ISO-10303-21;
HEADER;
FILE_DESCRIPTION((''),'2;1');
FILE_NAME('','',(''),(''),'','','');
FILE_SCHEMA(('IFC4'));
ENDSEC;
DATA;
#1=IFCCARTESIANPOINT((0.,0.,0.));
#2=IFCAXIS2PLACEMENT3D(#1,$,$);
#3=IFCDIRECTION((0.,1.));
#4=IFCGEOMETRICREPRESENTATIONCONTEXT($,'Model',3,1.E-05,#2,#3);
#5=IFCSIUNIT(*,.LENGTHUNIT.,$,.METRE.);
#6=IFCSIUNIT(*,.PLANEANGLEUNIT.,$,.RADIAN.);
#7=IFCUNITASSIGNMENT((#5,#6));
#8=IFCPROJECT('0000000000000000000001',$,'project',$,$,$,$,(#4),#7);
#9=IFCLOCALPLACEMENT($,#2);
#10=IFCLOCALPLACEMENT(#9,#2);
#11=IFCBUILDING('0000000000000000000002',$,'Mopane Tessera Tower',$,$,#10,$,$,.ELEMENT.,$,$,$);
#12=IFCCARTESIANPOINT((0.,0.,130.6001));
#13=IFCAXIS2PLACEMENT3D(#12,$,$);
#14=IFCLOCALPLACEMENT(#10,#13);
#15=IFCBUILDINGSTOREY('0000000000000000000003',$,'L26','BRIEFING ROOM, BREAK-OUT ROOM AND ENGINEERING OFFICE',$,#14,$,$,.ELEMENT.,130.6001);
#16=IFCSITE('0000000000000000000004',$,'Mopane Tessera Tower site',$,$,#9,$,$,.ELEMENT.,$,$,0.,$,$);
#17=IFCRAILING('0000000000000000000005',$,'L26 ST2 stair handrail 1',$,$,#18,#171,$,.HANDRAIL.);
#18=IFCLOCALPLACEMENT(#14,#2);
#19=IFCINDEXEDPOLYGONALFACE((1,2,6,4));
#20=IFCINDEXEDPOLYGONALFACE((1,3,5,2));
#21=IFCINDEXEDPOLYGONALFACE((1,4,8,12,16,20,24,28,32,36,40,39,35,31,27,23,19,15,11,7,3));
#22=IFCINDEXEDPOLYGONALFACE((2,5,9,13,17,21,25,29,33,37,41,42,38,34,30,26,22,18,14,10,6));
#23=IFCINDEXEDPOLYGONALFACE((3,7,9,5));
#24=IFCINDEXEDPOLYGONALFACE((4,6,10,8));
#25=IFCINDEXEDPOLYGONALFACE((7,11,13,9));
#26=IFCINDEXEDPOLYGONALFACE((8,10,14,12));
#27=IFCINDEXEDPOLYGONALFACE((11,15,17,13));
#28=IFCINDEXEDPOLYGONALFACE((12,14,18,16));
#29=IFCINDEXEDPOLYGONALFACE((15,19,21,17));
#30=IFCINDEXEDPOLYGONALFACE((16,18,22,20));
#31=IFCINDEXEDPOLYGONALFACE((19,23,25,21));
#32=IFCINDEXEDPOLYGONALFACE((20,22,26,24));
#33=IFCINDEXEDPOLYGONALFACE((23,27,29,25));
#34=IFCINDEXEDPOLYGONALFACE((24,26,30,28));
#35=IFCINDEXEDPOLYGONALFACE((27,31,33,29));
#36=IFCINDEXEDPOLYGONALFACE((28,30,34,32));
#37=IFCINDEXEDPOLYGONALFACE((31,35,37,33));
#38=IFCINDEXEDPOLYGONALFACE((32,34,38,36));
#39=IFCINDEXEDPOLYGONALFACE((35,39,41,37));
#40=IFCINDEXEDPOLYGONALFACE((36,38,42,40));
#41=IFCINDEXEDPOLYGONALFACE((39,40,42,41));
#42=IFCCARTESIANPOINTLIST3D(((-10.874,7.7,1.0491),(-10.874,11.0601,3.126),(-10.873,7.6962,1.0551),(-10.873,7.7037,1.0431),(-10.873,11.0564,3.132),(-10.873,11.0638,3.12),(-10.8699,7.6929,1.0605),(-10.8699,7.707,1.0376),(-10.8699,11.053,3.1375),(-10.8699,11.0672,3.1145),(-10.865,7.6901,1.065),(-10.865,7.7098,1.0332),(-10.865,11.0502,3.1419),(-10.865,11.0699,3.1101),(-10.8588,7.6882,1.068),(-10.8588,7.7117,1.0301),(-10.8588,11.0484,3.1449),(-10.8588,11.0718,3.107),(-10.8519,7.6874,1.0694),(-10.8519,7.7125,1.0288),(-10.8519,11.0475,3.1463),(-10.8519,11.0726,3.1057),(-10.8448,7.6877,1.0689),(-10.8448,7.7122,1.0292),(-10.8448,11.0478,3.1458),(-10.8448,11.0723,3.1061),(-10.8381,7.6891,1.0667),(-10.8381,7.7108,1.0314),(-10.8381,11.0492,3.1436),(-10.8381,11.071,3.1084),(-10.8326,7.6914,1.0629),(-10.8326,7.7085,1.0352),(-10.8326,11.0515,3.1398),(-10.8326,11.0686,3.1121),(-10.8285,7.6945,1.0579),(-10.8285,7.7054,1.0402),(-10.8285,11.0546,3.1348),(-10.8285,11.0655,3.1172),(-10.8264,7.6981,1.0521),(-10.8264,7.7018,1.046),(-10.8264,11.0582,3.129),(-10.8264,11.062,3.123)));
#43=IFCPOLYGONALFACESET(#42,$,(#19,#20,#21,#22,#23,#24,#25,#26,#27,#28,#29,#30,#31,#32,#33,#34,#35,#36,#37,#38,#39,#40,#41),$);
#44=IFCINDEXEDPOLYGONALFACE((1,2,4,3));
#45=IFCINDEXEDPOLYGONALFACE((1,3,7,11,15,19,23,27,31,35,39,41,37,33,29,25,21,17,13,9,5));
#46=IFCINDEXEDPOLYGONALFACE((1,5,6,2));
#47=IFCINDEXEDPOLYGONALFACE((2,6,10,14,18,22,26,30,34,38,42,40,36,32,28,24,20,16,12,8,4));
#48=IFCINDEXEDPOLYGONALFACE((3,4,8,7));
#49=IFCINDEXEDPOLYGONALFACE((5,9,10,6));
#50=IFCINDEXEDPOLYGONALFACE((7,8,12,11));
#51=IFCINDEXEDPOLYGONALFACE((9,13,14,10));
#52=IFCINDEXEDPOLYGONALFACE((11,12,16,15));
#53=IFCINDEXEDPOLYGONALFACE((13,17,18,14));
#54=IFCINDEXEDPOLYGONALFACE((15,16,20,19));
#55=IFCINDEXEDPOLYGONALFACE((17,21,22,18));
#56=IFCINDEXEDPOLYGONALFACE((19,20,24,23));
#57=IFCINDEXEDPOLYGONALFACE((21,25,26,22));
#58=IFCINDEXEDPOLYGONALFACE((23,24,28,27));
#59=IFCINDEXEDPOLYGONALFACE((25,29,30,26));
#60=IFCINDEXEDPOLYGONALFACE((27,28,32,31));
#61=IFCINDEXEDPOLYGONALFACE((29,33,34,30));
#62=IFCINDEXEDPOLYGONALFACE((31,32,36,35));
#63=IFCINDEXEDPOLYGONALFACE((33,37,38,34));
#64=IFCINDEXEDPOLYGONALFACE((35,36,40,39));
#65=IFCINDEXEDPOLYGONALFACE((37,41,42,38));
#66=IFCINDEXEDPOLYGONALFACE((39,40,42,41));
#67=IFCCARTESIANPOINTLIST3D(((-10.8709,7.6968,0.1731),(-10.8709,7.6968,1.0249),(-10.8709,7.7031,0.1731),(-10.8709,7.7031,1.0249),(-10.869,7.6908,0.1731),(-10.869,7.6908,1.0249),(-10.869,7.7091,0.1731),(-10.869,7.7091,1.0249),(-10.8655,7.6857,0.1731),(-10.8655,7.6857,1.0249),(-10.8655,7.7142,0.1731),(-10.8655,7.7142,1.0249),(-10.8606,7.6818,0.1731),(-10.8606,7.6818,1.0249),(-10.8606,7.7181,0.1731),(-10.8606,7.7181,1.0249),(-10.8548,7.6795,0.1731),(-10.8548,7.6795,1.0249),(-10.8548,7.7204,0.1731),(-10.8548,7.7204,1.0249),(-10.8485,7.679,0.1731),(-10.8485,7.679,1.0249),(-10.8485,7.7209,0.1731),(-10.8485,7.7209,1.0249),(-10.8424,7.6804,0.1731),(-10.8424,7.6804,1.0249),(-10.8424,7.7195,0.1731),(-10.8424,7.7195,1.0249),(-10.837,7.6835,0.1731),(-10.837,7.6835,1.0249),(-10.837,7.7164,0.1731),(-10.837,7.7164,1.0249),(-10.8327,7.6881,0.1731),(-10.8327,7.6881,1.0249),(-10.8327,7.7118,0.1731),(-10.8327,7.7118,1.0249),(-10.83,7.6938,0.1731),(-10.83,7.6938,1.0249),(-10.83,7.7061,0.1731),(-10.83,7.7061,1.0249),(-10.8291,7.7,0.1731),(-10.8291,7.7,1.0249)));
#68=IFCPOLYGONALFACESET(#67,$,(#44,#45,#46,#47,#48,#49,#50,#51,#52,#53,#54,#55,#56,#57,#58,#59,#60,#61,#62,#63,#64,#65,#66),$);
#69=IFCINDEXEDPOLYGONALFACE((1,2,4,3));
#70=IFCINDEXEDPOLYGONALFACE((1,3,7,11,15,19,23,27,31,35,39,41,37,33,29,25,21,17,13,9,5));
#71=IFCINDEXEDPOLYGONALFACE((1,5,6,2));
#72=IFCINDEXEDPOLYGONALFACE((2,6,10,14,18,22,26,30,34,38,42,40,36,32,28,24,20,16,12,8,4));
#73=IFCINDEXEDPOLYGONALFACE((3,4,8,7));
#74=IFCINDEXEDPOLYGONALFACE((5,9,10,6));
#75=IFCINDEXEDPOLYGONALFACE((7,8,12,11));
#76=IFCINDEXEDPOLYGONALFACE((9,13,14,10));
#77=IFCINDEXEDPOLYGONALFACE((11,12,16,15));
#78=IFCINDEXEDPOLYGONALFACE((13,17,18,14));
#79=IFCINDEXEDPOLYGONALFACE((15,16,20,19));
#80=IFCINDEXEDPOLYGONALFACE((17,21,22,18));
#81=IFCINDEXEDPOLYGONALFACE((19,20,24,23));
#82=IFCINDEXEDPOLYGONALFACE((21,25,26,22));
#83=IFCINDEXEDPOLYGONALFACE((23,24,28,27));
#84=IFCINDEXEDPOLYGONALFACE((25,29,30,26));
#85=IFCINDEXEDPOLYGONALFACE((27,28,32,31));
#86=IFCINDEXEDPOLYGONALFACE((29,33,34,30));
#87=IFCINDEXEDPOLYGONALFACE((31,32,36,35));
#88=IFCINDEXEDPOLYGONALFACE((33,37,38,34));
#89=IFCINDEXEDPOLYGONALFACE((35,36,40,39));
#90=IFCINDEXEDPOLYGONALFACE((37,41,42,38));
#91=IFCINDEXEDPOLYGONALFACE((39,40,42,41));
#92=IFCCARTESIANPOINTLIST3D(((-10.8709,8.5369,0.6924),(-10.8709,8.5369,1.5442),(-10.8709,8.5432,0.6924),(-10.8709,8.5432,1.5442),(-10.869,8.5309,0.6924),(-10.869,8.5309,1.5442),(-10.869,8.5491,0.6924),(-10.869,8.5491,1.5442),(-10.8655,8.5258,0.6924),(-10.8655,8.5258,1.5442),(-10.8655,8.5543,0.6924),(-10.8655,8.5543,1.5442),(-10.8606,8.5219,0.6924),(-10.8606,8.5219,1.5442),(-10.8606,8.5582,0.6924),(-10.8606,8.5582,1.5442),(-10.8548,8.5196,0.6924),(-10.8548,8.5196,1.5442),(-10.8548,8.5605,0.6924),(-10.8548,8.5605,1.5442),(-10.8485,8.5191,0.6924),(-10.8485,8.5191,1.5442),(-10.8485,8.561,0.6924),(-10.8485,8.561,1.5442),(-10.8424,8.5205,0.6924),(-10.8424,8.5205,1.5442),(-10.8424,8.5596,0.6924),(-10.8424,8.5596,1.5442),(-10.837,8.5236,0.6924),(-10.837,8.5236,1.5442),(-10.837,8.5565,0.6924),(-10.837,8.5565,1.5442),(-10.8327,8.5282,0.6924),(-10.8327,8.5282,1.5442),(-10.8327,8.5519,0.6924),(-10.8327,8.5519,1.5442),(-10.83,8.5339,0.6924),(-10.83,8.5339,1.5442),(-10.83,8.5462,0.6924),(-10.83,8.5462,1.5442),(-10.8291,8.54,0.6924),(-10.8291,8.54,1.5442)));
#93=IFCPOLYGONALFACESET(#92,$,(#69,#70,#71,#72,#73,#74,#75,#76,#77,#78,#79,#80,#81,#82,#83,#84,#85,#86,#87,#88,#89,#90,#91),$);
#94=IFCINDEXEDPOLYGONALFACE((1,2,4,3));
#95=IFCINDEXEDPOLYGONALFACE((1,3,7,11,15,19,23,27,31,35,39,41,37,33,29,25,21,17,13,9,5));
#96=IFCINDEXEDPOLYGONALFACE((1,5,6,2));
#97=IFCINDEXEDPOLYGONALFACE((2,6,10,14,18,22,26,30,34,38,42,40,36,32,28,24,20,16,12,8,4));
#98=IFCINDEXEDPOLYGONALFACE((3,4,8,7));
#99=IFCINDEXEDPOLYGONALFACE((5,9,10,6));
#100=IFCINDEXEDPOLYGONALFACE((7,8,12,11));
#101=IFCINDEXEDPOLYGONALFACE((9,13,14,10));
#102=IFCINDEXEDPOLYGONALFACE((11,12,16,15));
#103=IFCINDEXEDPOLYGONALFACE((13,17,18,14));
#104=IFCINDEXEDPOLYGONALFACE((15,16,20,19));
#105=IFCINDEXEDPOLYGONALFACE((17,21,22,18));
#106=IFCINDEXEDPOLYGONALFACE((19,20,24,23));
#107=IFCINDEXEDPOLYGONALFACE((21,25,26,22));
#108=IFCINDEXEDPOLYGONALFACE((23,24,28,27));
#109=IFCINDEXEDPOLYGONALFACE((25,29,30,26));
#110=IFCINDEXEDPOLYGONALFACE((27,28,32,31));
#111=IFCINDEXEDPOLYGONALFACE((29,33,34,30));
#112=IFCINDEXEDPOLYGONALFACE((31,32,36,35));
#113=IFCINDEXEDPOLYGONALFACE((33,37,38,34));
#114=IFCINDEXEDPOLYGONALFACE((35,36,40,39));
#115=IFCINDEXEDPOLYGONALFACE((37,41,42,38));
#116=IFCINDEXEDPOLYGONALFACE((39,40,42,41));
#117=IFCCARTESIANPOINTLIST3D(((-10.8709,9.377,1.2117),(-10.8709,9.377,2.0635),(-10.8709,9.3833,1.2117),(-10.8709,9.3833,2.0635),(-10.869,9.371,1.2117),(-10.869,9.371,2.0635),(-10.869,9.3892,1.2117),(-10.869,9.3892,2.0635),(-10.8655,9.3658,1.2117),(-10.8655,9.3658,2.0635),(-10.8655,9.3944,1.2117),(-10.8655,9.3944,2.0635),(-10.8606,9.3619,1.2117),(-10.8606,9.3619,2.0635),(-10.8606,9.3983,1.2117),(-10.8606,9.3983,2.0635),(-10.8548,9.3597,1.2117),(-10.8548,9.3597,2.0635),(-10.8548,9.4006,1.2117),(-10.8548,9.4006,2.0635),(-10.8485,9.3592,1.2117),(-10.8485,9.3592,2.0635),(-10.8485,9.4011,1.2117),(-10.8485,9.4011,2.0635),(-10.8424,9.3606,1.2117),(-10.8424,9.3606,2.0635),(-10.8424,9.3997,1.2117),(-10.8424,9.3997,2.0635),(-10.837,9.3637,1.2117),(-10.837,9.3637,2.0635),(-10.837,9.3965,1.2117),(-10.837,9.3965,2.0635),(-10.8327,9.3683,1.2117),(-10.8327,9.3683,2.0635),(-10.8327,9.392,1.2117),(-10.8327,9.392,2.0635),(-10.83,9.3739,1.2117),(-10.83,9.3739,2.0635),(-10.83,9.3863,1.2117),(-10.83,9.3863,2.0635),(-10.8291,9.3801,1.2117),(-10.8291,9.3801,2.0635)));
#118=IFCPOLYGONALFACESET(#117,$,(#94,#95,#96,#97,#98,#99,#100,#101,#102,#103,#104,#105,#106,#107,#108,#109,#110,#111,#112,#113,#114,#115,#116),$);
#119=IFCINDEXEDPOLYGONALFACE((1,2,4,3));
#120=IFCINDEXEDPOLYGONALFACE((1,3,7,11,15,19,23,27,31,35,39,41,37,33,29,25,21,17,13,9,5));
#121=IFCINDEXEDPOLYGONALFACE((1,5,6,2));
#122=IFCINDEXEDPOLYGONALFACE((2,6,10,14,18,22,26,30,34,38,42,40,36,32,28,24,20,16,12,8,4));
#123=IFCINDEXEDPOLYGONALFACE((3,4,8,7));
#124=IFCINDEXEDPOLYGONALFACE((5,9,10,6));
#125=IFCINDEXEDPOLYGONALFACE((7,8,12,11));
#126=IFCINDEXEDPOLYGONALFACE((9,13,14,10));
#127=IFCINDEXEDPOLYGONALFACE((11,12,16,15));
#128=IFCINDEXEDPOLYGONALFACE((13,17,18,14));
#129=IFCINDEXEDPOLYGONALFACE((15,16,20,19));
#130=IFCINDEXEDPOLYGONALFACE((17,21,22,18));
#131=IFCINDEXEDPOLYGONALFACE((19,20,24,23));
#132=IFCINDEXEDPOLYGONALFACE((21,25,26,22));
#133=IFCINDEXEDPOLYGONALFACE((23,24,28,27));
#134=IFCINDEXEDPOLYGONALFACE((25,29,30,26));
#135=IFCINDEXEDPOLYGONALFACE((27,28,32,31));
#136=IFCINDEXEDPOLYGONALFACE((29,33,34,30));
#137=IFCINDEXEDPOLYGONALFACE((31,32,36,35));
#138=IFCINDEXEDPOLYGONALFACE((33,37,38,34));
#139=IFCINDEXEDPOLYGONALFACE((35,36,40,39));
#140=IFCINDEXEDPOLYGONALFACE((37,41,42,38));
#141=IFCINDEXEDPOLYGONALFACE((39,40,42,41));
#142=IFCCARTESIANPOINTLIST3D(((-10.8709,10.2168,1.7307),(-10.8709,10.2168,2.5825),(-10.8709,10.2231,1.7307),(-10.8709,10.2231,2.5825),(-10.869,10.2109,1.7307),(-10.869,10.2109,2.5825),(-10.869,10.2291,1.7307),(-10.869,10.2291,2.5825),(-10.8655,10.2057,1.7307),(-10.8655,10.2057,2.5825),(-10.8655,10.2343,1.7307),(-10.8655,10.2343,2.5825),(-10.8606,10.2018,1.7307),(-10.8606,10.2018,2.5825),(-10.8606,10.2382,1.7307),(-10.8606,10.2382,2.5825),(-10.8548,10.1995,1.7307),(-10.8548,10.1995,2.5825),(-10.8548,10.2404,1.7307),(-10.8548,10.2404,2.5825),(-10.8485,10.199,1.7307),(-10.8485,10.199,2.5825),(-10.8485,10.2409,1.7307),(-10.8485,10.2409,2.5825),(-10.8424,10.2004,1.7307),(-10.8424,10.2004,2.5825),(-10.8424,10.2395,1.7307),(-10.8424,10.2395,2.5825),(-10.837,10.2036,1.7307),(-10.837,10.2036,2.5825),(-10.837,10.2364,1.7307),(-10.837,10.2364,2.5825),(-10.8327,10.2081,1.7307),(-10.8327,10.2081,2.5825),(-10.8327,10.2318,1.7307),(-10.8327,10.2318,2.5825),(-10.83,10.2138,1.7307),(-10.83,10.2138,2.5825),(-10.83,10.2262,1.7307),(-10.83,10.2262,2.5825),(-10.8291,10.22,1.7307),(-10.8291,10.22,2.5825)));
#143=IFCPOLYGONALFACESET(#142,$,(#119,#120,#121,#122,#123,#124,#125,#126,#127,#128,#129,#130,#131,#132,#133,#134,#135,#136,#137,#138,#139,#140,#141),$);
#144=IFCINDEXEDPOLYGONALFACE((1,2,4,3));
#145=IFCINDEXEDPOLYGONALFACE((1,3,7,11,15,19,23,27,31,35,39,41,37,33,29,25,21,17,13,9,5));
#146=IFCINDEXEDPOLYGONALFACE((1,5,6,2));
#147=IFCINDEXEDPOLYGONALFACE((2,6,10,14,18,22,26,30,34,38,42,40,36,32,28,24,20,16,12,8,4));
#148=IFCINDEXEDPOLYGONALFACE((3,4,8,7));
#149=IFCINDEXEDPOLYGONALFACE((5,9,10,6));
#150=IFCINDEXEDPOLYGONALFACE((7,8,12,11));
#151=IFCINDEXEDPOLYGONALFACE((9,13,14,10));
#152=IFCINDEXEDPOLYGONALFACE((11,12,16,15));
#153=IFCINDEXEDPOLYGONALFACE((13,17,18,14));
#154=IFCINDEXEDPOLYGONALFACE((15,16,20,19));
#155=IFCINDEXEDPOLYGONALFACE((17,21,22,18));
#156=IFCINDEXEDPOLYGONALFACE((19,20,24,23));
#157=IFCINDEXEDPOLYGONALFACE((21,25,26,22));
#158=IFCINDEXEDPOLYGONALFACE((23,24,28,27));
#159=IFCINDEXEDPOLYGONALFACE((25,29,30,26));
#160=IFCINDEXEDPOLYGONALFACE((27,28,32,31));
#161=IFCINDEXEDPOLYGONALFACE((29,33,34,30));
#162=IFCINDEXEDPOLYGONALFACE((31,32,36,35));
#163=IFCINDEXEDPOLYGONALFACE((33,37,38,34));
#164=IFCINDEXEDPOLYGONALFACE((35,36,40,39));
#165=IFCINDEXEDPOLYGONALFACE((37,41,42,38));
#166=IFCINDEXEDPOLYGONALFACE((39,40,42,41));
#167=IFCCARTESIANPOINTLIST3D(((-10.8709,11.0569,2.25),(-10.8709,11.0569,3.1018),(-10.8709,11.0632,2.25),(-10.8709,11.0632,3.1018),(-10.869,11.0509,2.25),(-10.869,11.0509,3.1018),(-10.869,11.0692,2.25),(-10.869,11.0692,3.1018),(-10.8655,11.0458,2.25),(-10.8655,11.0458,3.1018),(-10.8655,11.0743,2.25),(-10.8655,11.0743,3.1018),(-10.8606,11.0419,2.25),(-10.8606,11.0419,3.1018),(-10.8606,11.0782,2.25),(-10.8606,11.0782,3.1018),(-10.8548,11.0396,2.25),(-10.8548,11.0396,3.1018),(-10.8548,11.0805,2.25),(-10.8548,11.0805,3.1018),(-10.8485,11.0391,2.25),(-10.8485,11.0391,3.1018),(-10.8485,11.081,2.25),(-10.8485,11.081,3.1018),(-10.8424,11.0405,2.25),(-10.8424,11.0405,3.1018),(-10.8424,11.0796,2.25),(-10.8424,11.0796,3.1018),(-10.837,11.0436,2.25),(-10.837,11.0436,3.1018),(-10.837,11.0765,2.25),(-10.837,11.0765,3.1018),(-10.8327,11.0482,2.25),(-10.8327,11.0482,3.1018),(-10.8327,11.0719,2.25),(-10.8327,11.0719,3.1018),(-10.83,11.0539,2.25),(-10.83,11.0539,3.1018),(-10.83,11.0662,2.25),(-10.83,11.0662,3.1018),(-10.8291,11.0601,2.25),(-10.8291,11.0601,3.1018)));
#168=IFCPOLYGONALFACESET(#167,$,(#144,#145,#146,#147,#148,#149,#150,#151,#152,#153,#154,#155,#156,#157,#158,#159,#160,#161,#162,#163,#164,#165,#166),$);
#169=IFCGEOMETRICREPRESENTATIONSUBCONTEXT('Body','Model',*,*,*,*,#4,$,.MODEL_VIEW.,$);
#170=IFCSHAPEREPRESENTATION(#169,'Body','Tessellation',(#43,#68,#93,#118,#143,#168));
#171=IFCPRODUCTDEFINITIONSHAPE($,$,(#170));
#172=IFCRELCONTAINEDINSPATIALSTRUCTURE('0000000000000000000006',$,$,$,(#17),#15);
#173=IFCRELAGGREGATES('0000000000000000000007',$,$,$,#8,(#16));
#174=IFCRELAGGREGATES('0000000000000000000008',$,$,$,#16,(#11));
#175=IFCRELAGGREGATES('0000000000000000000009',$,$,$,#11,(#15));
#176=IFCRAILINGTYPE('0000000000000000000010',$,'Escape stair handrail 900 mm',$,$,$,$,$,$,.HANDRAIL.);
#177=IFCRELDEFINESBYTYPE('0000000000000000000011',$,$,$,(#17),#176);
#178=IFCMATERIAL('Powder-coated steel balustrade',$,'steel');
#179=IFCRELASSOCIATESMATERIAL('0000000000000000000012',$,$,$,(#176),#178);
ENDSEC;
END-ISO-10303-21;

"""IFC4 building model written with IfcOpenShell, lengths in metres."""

from ifc_helpers import new_model, si_unit, direction, frame, origin, origin_2d, place, context, subcontext, project, spatial, circle, extrude, material, type_object, element, save


model = new_model("IFC4")

# Units and contexts
model_context = context("Model", 3, precision=1e-05, world=origin(), true_north=direction((0.0, 1.0)))
body_context = subcontext(model_context, "Body", "Model", "MODEL_VIEW")
ifc_project = project(units=[si_unit("LENGTHUNIT", "METRE"), si_unit("PLANEANGLEUNIT", "RADIAN")], contexts=[model_context])

# Site, building, storey
site_placement = place(None, origin())
site = spatial("IfcSite", under=ifc_project, at=site_placement, Name="Mopane Tessera Tower site", CompositionType="ELEMENT", RefElevation=0.0)
building_placement = place(site_placement, origin())
building = spatial("IfcBuilding", under=site, at=building_placement, Name="Mopane Tessera Tower", CompositionType="ELEMENT")
storey_placement = place(building_placement, frame((0.0, 0.0, 130.6001)))
storey = spatial("IfcBuildingStorey", under=building, at=storey_placement, Name="L26", Description="BRIEFING ROOM, BREAK-OUT ROOM AND ENGINEERING OFFICE", CompositionType="ELEMENT", Elevation=130.6001)

# Railing
ifc_material_1 = material(Name="Powder-coated steel balustrade", Category="steel")
railing_type_1 = type_object("IfcRailingType", Name="Escape stair handrail 900 mm", PredefinedType="HANDRAIL", material=ifc_material_1)
railing_1_placement = place(storey_placement, frame((-10.8501, 7.7, 0.1731)))
element("IfcRailing", 1, at=railing_1_placement, inside=storey, type_object=railing_type_1, Name="L26 ST2 stair handrail 1", PredefinedType="HANDRAIL", context=body_context, shape_type="SweptSolid", body=[
    extrude(circle(Radius=0.0239, at=origin_2d()), frame((0.0, 0.0, 0.876), z_axis=(0.0, 0.850623, 0.525776), x_axis=(-1.0, 0.0, 0.0)), (0.0, 0.0, 1.0), 3.9502),
    extrude(circle(Radius=0.021, at=origin_2d()), origin(), (0.0, 0.0, 1.0), 0.8518),
    extrude(circle(Radius=0.021, at=origin_2d()), frame((0.0, 0.8401, 0.5193)), (0.0, 0.0, 1.0), 0.8518),
    extrude(circle(Radius=0.021, at=origin_2d()), frame((0.0, 1.6802, 1.0386)), (0.0, 0.0, 1.0), 0.8518),
    extrude(circle(Radius=0.021, at=origin_2d()), frame((0.0, 2.52, 1.5576)), (0.0, 0.0, 1.0), 0.8518),
    extrude(circle(Radius=0.021, at=origin_2d()), frame((0.0, 3.3601, 2.0769)), (0.0, 0.0, 1.0), 0.8518),
])

save(model, "model.ifc")
